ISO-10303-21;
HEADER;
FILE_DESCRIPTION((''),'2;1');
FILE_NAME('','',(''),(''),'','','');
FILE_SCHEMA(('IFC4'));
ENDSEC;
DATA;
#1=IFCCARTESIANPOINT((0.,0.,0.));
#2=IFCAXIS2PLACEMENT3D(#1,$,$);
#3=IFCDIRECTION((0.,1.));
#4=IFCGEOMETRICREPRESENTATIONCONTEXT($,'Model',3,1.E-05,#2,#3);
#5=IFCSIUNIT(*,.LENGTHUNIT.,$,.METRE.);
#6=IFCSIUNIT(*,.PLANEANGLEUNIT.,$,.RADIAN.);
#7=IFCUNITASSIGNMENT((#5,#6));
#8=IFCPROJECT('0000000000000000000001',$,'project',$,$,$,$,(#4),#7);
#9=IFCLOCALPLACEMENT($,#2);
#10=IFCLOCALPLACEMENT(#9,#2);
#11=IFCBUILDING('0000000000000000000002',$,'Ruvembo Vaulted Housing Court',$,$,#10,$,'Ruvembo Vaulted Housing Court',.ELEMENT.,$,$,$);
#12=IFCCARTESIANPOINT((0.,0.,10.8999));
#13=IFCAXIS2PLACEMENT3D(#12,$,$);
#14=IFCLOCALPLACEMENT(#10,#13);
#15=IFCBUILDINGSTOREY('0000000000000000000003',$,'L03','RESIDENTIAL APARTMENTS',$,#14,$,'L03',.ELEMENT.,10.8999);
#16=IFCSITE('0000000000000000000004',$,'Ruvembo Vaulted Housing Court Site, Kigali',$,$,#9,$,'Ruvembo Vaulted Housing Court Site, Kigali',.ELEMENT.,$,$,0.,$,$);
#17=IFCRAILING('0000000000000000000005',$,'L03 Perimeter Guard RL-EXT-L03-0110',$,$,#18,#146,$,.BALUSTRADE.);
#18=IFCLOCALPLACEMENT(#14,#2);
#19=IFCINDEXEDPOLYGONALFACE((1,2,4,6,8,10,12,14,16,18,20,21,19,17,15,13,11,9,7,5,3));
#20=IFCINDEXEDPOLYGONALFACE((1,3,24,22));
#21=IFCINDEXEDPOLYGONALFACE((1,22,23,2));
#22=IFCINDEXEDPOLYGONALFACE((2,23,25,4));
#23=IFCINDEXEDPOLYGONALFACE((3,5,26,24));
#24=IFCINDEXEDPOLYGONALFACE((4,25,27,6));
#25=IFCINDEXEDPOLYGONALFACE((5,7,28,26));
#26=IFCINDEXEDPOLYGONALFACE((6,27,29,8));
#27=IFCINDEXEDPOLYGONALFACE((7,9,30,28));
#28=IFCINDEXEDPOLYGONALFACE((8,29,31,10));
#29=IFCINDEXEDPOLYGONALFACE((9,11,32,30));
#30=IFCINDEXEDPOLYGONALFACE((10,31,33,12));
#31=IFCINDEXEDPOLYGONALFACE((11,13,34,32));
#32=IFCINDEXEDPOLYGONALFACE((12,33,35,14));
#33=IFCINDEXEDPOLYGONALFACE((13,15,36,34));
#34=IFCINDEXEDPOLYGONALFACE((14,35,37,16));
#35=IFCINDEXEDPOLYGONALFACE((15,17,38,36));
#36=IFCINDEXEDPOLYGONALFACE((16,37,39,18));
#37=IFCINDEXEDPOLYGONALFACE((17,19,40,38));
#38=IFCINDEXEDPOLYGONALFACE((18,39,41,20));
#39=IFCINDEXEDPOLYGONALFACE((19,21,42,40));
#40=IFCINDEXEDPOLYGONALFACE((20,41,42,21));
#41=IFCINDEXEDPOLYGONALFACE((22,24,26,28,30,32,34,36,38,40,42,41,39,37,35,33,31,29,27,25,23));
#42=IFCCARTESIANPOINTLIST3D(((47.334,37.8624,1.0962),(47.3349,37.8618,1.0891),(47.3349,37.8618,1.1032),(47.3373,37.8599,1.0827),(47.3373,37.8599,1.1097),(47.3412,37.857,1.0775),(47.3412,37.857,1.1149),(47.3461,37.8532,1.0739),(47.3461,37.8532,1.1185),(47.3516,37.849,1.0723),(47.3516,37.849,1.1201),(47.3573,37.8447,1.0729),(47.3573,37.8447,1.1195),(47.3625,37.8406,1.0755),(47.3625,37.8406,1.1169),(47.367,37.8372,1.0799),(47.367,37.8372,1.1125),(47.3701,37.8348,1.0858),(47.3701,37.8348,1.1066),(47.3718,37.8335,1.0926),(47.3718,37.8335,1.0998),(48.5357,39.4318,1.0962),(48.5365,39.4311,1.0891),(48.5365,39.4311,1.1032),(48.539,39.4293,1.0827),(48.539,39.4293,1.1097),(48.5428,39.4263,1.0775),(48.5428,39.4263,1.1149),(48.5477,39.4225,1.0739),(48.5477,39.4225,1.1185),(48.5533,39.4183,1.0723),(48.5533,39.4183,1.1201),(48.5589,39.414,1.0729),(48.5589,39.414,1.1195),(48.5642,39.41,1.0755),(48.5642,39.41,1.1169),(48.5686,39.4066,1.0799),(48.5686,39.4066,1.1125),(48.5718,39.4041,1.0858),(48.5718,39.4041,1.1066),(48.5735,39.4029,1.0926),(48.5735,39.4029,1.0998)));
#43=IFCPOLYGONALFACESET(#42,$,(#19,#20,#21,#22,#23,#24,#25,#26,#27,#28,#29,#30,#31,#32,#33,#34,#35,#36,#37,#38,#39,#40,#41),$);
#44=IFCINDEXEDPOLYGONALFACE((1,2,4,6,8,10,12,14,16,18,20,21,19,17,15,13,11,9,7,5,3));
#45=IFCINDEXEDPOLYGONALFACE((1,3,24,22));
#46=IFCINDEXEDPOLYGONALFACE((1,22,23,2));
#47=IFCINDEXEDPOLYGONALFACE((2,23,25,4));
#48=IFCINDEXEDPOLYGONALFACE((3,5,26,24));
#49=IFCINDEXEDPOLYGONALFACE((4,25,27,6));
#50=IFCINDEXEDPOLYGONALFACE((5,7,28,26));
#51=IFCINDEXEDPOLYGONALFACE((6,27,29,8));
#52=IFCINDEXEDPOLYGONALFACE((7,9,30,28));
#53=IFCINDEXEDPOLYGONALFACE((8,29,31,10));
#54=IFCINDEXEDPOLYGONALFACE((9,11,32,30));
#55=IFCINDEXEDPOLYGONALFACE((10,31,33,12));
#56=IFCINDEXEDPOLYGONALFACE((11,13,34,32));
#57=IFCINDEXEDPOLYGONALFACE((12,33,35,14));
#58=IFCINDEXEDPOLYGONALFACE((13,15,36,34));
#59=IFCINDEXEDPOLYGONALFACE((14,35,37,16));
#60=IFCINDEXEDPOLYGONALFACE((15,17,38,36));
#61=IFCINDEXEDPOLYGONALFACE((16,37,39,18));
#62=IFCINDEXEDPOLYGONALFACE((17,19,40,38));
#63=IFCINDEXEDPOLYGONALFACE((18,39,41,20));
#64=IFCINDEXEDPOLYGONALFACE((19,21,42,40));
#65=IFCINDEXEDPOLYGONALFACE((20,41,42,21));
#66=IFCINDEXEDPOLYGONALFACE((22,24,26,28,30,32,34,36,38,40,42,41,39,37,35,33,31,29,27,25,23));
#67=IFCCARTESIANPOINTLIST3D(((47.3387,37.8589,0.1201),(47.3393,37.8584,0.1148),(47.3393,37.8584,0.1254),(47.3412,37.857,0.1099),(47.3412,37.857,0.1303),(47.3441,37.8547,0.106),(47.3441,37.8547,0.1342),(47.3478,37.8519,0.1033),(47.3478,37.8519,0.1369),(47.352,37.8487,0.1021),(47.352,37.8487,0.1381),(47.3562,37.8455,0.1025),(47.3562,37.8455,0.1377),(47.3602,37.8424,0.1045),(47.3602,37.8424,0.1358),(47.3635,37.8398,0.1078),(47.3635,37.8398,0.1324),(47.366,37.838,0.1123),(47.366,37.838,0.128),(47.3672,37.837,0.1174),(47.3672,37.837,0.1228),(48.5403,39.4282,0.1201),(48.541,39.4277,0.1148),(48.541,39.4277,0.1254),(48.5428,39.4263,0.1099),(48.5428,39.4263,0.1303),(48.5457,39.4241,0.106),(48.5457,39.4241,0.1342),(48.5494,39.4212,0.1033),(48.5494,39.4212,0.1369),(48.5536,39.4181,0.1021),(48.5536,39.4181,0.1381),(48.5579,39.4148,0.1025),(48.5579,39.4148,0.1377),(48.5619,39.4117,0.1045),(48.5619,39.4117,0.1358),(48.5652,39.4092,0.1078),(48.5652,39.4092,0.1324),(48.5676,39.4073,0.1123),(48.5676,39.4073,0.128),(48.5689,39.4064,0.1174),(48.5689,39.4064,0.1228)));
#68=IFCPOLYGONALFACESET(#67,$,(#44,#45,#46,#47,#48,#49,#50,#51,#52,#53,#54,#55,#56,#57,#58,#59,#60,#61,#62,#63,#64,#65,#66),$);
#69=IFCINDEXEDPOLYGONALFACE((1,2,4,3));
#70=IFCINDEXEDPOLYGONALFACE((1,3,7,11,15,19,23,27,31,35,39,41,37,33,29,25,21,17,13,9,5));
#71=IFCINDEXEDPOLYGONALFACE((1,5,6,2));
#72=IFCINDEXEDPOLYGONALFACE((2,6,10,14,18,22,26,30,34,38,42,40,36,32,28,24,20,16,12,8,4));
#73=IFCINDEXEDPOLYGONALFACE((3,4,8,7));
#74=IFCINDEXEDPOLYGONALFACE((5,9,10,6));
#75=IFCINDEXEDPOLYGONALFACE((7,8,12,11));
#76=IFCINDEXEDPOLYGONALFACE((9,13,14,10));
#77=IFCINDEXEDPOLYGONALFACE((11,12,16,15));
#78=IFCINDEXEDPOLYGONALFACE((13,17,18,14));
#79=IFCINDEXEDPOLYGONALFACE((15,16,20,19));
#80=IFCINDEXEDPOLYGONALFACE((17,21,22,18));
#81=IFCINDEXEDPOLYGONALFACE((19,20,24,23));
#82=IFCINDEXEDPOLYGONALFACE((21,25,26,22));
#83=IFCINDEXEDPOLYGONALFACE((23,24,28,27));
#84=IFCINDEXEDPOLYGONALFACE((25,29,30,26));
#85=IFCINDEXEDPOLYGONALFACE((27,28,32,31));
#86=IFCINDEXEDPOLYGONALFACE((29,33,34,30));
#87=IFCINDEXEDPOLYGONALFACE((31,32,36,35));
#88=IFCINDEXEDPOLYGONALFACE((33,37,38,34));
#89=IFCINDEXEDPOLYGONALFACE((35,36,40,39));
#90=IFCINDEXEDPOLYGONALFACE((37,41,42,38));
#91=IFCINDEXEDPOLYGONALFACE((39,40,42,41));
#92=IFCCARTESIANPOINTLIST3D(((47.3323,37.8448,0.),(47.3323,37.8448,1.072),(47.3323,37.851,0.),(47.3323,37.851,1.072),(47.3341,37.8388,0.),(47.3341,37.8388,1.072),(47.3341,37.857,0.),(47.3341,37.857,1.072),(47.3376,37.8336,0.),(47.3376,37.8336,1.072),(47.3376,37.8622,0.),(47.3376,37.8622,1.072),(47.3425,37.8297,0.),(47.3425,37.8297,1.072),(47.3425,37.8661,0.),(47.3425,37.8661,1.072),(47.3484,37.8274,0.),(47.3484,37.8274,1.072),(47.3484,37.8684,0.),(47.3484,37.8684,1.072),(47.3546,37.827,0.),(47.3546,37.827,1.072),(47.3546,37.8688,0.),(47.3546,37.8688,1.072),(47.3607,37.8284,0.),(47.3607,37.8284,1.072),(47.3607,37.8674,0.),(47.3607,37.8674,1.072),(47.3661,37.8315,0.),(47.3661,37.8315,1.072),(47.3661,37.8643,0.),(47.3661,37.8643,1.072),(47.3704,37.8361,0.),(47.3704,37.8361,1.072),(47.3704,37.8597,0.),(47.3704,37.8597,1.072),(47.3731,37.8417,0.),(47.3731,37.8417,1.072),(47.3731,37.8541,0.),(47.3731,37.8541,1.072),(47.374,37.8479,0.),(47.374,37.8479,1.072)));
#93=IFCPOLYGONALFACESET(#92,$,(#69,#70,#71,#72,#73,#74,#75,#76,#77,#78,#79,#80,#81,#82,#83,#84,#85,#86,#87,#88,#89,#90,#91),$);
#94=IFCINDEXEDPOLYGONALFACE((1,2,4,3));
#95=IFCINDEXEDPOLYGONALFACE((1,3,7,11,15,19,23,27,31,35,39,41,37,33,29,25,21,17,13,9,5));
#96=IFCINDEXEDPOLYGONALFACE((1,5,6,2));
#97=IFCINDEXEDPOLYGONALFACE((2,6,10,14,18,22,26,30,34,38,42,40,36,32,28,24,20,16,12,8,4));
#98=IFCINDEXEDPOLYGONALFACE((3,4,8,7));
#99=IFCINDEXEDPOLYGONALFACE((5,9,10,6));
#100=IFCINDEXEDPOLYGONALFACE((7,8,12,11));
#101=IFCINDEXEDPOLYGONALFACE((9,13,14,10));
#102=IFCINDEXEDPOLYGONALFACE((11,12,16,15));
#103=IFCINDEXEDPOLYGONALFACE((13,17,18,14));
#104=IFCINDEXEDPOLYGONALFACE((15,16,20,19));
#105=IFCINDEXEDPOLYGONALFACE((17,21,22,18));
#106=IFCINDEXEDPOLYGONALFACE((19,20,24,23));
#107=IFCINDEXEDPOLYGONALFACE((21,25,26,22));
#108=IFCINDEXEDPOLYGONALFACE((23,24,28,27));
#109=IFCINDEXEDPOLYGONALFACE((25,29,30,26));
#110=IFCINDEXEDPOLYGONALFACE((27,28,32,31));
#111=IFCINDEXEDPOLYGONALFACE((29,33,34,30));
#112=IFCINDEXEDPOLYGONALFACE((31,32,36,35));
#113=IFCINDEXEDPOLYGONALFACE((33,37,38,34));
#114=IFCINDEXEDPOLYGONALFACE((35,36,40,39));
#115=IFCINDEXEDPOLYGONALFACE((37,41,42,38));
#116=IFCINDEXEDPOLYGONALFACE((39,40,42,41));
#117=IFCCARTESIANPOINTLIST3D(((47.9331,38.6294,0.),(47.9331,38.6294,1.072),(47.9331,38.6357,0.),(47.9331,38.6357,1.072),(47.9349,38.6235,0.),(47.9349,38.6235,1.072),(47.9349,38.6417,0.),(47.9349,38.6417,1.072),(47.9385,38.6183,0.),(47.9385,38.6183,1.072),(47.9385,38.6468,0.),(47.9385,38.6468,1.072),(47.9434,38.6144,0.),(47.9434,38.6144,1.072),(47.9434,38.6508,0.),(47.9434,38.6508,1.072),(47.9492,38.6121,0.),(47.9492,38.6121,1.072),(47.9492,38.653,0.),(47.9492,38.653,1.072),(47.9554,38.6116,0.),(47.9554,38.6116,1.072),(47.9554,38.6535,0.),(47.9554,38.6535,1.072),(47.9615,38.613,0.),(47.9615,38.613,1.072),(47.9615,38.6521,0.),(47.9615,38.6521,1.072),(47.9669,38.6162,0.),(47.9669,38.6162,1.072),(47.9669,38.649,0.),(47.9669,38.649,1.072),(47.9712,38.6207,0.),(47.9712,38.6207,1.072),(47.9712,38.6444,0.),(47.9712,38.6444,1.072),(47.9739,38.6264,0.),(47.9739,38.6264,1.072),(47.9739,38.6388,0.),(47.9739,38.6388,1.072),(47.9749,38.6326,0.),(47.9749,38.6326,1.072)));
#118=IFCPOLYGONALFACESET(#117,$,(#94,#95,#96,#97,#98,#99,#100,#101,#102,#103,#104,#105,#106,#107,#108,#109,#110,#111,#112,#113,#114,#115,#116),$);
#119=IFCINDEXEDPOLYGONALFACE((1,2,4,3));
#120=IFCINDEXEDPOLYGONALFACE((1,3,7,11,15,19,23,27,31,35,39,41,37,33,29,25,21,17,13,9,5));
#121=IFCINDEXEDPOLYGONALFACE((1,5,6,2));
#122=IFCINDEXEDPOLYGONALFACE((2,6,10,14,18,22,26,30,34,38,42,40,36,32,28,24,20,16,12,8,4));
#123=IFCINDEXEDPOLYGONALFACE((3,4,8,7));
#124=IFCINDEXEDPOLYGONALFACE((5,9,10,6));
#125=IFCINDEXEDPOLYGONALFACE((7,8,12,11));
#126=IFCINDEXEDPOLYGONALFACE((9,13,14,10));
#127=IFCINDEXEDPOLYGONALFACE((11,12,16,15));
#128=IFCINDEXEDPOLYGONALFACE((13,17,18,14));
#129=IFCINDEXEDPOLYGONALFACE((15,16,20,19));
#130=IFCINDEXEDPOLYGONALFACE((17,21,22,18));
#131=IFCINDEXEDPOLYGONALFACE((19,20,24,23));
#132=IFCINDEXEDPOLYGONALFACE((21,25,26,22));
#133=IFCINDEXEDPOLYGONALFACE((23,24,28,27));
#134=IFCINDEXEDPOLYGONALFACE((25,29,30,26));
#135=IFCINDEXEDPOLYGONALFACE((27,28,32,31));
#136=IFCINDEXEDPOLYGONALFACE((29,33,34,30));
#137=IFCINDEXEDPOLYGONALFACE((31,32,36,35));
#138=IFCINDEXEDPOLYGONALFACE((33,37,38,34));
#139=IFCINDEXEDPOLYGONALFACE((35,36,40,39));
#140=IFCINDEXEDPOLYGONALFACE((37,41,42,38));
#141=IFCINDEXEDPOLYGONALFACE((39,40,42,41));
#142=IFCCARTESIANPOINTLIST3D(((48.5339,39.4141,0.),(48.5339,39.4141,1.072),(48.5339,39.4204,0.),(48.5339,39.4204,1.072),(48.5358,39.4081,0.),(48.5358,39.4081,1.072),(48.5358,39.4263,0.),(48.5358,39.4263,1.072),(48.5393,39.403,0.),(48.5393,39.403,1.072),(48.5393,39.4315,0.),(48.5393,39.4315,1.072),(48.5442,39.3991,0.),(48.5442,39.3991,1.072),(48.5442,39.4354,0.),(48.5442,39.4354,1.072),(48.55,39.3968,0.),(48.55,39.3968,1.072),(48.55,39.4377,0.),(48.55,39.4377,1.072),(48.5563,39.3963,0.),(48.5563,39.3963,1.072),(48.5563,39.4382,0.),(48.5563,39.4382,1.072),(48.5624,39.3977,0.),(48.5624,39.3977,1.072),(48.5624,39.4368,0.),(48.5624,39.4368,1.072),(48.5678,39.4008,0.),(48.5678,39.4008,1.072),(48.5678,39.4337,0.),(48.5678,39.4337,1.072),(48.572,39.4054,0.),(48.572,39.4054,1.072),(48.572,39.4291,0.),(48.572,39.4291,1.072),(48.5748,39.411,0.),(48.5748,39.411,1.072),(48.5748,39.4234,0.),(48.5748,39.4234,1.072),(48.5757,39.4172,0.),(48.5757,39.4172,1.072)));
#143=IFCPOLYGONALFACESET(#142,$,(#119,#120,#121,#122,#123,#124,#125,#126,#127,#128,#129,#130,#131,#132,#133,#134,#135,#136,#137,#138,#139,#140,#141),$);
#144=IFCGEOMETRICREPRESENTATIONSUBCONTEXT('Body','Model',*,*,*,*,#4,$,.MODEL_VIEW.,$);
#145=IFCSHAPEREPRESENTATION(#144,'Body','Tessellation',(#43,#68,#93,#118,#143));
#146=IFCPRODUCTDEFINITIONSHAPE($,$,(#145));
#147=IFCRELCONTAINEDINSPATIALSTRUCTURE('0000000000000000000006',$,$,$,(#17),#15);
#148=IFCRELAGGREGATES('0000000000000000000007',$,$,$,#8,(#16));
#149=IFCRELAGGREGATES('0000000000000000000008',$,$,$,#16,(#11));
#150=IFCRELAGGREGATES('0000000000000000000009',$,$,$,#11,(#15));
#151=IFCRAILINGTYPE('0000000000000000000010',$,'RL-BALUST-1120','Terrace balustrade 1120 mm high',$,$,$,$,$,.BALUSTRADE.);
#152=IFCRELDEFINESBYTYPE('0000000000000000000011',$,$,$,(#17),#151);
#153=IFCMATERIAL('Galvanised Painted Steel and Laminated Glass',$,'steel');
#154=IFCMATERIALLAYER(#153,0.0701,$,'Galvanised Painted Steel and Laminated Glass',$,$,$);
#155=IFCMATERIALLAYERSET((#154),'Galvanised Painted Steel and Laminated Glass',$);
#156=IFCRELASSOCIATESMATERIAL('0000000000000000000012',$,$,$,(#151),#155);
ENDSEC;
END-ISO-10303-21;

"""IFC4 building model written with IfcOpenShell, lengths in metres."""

from ifc_helpers import new_model, si_unit, direction, frame, origin, origin_2d, place, context, subcontext, project, spatial, circle, extrude, material, layer, layer_set, type_object, element, save


model = new_model("IFC4")

# Units and contexts
model_context = context("Model", 3, precision=1e-05, world=origin(), true_north=direction((0.0, 1.0)))
body_context = subcontext(model_context, "Body", "Model", "MODEL_VIEW")
ifc_project = project(units=[si_unit("LENGTHUNIT", "METRE"), si_unit("PLANEANGLEUNIT", "RADIAN")], contexts=[model_context])

# Site, building, storey
site_placement = place(None, origin())
site = spatial("IfcSite", under=ifc_project, at=site_placement, Name="Ruvembo Vaulted Housing Court Site, Kigali", LongName="Ruvembo Vaulted Housing Court Site, Kigali", CompositionType="ELEMENT", RefElevation=0.0)
building_placement = place(site_placement, origin())
building = spatial("IfcBuilding", under=site, at=building_placement, Name="Ruvembo Vaulted Housing Court", LongName="Ruvembo Vaulted Housing Court", CompositionType="ELEMENT")
storey_placement = place(building_placement, frame((0.0, 0.0, 10.8999)))
storey = spatial("IfcBuildingStorey", under=building, at=storey_placement, Name="L03", Description="RESIDENTIAL APARTMENTS", LongName="L03", CompositionType="ELEMENT", Elevation=10.8999)

# Railing
ifc_material_1 = material(Name="Galvanised Painted Steel and Laminated Glass", Category="steel")
ifc_layer_1 = layer(ifc_material_1, 0.0701, Name="Galvanised Painted Steel and Laminated Glass")
ifc_layer_set_1 = layer_set([ifc_layer_1], Name="Galvanised Painted Steel and Laminated Glass")
railing_type = type_object("IfcRailingType", Name="RL-BALUST-1120", Description="Terrace balustrade 1120 mm high", PredefinedType="BALUSTRADE", material=ifc_layer_set_1)
railing_placement = place(storey_placement, frame((47.353, 37.8479, 0.0)))
element("IfcRailing", 1, at=railing_placement, inside=storey, type_object=railing_type, Name="L03 Perimeter Guard RL-EXT-L03-0110", PredefinedType="BALUSTRADE", context=body_context, shape_type="SweptSolid", body=[
    extrude(circle(Radius=0.0239, at=origin_2d()), frame((0.0, 0.0, 1.0962), z_axis=(0.607954, 0.793972, 0.0), x_axis=(-0.793972, 0.607954, 0.0)), (0.0, 0.0, 1.0), 1.9766),
    extrude(circle(Radius=0.0181, at=origin_2d()), frame((0.0, 0.0, 0.1201), z_axis=(0.607954, 0.793972, 0.0), x_axis=(-0.793972, 0.607954, 0.0)), (0.0, 0.0, 1.0), 1.9766),
    extrude(circle(Radius=0.021, at=origin_2d()), origin(), (0.0, 0.0, 1.0), 1.072),
    extrude(circle(Radius=0.021, at=origin_2d()), frame((0.6008, 0.7847, 0.0)), (0.0, 0.0, 1.0), 1.072),
    extrude(circle(Radius=0.021, at=origin_2d()), frame((1.2017, 1.5693, 0.0)), (0.0, 0.0, 1.0), 1.072),
])

save(model, "model.ifc")
